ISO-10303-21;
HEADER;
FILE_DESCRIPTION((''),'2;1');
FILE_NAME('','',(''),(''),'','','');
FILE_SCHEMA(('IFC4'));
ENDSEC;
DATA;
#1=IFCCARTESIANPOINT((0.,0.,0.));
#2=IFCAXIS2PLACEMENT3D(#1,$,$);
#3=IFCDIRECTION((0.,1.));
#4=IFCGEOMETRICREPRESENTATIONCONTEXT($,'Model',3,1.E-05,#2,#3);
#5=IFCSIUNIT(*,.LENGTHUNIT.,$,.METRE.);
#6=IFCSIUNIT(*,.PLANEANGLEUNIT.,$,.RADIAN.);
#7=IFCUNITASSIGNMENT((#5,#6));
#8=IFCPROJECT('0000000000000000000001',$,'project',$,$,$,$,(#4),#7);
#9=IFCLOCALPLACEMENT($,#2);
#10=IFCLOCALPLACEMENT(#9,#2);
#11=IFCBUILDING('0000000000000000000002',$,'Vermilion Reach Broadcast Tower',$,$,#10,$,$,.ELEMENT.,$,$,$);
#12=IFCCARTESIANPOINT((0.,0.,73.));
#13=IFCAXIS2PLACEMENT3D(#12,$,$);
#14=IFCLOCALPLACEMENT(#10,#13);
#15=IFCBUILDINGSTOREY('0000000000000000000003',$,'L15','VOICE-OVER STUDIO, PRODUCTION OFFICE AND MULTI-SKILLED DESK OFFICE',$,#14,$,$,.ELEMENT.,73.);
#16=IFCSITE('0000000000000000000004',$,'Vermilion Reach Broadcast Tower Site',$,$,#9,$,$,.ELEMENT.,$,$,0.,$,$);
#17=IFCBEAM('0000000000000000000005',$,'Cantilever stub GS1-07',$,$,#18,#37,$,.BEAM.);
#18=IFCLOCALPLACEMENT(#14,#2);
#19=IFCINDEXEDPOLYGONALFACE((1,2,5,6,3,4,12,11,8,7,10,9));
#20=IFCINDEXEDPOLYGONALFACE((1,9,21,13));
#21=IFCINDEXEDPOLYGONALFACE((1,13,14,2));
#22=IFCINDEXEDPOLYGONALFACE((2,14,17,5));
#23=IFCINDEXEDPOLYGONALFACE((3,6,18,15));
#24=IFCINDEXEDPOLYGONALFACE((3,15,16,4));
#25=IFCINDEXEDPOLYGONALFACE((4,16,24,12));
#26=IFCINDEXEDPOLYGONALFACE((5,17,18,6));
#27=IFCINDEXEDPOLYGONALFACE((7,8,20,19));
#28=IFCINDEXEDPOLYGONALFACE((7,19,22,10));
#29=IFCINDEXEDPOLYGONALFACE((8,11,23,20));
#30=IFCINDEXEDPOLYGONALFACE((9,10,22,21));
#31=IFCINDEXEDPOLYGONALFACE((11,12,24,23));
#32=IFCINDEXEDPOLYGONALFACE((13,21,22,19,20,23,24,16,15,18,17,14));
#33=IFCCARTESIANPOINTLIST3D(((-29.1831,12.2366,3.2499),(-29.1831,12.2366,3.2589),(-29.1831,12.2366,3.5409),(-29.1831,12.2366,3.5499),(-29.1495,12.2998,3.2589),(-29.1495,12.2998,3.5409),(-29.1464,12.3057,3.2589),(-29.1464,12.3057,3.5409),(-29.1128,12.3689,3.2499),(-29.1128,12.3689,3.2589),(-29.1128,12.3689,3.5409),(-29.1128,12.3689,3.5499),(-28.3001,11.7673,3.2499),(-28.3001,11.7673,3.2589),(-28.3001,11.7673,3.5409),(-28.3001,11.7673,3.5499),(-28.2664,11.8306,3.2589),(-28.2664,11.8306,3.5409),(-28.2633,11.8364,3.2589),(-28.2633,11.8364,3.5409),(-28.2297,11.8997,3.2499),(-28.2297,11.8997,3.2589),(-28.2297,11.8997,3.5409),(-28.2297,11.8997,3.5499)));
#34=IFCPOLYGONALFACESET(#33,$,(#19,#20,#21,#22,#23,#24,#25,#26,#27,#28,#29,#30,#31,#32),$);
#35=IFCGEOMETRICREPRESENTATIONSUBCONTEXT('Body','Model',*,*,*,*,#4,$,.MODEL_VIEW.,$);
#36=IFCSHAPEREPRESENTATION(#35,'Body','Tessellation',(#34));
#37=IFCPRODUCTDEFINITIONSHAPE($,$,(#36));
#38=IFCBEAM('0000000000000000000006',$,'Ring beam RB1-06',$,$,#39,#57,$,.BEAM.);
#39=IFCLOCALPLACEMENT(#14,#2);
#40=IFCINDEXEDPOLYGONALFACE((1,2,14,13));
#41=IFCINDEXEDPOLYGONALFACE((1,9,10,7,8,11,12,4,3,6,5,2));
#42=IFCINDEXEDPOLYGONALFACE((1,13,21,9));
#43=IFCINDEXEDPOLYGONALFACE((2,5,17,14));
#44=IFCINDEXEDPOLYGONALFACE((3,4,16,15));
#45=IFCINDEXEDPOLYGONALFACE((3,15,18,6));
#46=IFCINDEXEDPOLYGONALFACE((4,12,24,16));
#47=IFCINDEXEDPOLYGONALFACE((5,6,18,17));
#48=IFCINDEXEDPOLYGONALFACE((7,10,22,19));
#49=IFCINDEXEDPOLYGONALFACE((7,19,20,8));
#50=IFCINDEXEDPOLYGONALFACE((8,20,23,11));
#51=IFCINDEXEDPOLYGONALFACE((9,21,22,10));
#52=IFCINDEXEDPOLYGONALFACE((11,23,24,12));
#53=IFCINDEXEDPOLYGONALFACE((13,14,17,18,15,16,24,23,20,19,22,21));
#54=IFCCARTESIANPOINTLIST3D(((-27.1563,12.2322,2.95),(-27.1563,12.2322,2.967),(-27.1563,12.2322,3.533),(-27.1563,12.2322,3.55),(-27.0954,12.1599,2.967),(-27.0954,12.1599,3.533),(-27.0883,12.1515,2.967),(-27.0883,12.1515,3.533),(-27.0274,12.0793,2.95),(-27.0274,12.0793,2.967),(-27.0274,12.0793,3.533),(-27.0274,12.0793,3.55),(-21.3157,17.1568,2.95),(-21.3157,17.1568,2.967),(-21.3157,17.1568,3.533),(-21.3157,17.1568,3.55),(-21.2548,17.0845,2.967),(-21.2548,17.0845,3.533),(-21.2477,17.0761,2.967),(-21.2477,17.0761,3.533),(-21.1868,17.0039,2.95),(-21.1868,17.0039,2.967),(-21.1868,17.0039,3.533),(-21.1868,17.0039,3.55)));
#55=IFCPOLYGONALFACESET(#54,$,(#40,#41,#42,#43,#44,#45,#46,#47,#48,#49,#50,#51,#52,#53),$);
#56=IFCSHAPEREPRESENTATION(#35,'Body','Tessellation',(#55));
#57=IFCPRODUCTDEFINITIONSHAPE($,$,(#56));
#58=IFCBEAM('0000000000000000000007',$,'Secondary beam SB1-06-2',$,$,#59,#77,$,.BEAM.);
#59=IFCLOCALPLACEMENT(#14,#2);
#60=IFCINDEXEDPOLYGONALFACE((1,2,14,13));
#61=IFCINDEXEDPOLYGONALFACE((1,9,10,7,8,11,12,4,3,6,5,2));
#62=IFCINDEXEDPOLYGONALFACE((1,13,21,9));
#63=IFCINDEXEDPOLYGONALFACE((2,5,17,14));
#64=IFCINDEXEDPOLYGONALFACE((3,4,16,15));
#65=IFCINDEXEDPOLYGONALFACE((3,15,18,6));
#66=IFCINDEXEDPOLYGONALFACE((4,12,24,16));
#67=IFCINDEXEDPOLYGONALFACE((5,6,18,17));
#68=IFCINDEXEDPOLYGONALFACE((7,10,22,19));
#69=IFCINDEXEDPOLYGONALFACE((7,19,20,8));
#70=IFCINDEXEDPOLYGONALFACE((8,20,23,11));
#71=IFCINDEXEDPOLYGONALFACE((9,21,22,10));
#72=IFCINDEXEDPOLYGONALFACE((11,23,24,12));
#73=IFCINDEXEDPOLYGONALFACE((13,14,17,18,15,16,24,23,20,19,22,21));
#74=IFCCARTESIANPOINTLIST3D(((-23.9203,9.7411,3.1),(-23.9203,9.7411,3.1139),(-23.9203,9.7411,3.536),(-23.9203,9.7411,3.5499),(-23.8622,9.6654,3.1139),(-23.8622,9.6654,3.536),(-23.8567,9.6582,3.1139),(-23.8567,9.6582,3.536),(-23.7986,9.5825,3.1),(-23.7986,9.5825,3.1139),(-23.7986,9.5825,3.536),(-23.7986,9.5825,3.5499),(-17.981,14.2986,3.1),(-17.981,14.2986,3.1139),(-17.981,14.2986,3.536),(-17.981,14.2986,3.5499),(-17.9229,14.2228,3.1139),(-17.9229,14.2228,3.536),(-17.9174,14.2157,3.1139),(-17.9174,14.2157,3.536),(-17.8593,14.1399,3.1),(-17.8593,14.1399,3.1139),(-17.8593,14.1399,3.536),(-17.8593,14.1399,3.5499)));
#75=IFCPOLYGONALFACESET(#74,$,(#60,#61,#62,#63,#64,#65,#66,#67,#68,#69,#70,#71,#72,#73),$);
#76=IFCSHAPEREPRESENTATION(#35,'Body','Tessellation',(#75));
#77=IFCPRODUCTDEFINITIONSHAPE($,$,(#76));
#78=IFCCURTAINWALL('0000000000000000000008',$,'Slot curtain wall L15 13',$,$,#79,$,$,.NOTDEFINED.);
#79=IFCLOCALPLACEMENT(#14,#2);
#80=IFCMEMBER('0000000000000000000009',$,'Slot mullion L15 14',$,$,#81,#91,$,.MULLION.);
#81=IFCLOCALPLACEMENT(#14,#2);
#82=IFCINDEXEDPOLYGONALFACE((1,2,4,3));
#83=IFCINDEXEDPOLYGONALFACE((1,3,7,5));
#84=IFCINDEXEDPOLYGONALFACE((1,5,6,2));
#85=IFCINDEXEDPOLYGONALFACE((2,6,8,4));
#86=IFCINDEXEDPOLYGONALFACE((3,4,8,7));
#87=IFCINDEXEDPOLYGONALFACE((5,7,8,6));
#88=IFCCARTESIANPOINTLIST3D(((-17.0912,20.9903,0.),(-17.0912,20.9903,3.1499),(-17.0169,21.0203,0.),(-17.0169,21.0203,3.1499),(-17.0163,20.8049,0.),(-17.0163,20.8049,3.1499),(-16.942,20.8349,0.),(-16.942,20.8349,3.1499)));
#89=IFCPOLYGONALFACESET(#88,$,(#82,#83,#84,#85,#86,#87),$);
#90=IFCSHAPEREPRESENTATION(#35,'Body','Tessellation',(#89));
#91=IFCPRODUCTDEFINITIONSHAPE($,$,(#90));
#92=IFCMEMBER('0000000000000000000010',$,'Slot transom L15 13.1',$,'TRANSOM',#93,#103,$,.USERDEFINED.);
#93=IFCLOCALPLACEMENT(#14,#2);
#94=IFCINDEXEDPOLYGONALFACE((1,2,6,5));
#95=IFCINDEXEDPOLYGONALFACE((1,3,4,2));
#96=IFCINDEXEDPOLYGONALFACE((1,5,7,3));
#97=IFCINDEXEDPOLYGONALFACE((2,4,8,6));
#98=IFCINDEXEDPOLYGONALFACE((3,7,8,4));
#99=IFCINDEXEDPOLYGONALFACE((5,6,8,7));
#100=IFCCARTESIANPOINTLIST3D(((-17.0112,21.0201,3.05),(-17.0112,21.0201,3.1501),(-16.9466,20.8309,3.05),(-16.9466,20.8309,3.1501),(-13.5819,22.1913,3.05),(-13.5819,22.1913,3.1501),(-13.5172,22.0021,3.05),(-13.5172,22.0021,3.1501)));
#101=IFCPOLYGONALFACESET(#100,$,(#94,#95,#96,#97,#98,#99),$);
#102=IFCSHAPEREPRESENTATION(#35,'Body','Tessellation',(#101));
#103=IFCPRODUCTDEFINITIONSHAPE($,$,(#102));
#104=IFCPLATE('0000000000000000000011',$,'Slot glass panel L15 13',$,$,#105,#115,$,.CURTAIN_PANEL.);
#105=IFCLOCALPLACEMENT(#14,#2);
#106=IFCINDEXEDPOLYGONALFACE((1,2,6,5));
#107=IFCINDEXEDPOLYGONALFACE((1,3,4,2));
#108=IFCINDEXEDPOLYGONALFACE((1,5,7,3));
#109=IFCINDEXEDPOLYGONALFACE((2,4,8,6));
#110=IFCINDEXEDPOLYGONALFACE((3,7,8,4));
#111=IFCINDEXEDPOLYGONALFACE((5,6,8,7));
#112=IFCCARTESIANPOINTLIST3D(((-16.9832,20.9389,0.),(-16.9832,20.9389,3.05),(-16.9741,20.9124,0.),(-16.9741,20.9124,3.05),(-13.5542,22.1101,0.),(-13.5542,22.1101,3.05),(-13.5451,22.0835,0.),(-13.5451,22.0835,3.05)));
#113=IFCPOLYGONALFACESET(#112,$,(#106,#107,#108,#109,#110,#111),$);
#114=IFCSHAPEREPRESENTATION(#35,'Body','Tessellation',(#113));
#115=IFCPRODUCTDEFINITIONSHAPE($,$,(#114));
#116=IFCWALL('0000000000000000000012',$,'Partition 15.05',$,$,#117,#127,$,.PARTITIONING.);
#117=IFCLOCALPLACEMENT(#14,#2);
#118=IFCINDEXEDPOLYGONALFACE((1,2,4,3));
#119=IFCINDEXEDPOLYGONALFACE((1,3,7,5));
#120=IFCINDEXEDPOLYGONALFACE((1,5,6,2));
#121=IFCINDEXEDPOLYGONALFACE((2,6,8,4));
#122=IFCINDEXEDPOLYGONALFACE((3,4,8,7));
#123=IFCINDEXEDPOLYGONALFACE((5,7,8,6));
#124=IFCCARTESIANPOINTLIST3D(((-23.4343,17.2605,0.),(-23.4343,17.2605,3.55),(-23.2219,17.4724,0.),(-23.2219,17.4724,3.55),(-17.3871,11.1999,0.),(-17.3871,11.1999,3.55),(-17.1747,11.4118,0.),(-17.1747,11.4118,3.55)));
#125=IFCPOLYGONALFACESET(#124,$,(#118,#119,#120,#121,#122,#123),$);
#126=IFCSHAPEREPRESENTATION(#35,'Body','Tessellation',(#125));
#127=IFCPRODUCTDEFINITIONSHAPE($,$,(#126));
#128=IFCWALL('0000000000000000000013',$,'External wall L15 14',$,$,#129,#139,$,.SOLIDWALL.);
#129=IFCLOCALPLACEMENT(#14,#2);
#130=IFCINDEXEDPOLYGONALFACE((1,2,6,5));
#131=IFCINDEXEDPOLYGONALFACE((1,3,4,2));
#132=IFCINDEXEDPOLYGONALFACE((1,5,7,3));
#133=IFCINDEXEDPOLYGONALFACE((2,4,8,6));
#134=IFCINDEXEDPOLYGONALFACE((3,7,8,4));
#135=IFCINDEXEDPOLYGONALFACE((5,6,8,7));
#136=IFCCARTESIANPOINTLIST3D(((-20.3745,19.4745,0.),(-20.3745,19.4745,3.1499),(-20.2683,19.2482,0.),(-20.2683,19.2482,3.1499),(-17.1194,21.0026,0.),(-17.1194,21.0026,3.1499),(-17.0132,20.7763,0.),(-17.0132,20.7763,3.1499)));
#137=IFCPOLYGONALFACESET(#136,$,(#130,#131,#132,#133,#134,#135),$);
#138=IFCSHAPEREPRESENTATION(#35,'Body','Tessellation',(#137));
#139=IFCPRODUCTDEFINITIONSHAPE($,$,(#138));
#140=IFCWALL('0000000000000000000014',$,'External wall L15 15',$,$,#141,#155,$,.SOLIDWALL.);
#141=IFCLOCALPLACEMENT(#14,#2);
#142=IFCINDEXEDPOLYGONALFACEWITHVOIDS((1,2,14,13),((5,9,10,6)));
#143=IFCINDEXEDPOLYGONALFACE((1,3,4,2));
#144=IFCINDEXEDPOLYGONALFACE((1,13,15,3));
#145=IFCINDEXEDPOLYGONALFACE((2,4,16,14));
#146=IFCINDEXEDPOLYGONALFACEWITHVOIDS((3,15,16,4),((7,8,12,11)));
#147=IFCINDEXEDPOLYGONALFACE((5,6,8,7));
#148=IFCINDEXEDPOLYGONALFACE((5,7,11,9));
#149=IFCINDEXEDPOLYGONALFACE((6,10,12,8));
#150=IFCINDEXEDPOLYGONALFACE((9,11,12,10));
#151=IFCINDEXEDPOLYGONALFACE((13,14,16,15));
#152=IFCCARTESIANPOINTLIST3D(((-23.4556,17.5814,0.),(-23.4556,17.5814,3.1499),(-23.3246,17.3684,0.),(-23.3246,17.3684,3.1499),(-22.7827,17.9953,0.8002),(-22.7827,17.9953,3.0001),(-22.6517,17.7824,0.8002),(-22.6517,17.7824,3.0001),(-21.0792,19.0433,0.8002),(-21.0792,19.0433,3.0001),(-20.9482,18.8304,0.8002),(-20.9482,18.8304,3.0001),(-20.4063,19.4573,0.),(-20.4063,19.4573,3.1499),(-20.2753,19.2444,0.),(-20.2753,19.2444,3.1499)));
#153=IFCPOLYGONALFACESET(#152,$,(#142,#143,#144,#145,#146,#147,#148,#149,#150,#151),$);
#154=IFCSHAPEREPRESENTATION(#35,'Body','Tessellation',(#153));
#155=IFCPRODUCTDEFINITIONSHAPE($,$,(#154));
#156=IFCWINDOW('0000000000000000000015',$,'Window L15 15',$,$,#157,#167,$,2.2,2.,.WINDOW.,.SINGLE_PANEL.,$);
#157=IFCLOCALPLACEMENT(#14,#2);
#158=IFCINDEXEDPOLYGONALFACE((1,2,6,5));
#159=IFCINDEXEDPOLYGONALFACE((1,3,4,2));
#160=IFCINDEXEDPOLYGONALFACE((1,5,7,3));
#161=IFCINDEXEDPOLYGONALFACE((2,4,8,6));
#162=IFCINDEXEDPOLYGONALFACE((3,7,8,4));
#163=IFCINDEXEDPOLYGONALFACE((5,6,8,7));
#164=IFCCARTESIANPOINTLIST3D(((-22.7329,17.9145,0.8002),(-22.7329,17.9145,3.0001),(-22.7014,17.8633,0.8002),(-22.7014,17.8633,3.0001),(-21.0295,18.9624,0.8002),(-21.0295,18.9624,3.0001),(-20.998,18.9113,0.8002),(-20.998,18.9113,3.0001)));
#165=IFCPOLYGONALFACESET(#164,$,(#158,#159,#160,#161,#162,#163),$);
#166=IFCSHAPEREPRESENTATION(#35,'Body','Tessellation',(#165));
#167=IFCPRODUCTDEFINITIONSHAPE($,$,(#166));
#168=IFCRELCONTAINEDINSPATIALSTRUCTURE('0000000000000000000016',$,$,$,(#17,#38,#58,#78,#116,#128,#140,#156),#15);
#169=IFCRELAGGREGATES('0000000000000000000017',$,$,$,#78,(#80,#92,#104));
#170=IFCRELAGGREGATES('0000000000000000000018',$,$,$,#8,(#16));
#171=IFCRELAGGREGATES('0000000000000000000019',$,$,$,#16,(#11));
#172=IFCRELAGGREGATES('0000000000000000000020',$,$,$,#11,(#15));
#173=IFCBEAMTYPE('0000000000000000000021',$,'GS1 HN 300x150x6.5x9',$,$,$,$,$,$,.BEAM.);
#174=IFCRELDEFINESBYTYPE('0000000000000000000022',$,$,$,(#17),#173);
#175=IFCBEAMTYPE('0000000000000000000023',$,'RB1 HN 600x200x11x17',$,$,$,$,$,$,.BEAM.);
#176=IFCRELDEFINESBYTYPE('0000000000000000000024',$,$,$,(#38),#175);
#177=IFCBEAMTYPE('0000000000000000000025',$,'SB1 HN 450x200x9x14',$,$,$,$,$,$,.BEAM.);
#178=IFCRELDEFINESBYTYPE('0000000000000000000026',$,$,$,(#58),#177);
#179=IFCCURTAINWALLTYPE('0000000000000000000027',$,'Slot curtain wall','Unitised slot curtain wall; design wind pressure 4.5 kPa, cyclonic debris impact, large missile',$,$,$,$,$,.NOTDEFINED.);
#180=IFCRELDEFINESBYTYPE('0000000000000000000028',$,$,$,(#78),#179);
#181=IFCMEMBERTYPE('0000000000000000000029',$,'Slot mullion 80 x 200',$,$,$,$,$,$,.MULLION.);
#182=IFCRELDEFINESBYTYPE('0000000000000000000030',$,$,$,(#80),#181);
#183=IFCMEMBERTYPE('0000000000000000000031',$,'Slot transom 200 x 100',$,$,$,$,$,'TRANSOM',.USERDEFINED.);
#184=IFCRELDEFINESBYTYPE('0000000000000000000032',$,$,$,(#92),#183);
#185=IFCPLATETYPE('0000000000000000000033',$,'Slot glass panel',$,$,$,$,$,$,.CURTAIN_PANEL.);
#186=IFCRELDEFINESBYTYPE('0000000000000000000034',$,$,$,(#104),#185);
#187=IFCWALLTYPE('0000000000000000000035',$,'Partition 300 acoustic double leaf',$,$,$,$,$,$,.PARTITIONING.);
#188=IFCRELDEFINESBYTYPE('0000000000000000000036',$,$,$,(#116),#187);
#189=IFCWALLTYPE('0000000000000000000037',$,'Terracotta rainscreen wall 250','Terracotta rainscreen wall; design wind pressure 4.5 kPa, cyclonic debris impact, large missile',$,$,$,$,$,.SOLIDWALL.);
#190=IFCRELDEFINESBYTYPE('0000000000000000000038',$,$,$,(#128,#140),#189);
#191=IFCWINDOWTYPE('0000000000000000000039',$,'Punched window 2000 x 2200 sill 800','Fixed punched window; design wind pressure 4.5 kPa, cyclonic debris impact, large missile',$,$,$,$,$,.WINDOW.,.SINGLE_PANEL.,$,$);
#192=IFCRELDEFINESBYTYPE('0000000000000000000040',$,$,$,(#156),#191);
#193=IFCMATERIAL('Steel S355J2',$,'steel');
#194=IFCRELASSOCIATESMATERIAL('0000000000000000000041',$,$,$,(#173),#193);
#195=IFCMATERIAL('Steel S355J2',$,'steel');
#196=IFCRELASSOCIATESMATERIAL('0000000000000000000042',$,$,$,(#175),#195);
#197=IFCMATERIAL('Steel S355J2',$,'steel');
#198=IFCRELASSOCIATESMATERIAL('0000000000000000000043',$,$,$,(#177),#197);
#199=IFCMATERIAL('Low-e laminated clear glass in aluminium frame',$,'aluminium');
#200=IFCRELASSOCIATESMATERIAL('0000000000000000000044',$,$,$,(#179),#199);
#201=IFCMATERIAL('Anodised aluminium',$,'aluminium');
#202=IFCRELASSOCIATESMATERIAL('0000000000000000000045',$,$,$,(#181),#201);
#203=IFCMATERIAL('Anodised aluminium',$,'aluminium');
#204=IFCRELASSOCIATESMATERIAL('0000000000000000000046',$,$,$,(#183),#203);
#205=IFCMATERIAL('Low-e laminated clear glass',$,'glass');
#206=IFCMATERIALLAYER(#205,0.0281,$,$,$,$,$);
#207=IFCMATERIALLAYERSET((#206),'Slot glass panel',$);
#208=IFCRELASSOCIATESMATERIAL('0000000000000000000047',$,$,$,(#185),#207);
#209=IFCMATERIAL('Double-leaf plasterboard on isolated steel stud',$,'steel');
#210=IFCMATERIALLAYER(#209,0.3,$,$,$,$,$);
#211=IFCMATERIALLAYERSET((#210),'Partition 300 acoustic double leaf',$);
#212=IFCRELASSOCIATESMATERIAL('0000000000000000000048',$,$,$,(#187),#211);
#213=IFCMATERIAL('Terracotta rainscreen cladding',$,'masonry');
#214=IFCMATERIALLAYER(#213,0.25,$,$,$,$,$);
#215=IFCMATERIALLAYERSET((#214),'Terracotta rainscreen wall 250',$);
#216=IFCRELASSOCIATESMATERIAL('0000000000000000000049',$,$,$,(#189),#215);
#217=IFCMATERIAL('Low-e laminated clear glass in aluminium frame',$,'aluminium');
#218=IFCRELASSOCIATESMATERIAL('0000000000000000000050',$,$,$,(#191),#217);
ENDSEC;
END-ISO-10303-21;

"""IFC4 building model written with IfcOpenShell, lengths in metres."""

from ifc_helpers import new_model, si_unit, direction, frame, frame_2d, origin, origin_2d, place, context, subcontext, project, spatial, rectangle, i_section, extrude, material, layer, layer_set, material_profile, profile_set, type_object, element, fill, aggregate, save


model = new_model("IFC4")

# Units and contexts
model_context = context("Model", 3, precision=1e-05, world=origin(), true_north=direction((0.0, 1.0)))
body_context = subcontext(model_context, "Body", "Model", "MODEL_VIEW")
ifc_project = project(units=[si_unit("LENGTHUNIT", "METRE"), si_unit("PLANEANGLEUNIT", "RADIAN")], contexts=[model_context])

# Site, building, storey
site_placement = place(None, origin())
site = spatial("IfcSite", under=ifc_project, at=site_placement, Name="Vermilion Reach Broadcast Tower Site", CompositionType="ELEMENT", RefElevation=0.0)
building_placement = place(site_placement, origin())
building = spatial("IfcBuilding", under=site, at=building_placement, Name="Vermilion Reach Broadcast Tower", CompositionType="ELEMENT")
storey_placement = place(building_placement, frame((0.0, 0.0, 73.0)))
storey = spatial("IfcBuildingStorey", under=building, at=storey_placement, Name="L15", Description="VOICE-OVER STUDIO, PRODUCTION OFFICE AND MULTI-SKILLED DESK OFFICE", CompositionType="ELEMENT", Elevation=73.0)

# Beams
ifc_material_1 = material(Name="Steel S355J2", Category="steel")
ifc_material_profile_1 = material_profile(ifc_material_1, i_section(OverallWidth=0.1499, OverallDepth=0.3, WebThickness=0.0066, FlangeThickness=0.009, at=origin_2d()), Name="S355J2 HN 300x150x6.5x9")
ifc_profile_set_1 = profile_set([ifc_material_profile_1], Name="Steel S355J2")
beam_type_1 = type_object("IfcBeamType", Name="GS1 HN 300x150x6.5x9", PredefinedType="BEAM", material=ifc_profile_set_1)
beam_1_placement = place(storey_placement, frame((-28.2649, 11.8335, 3.3999), z_axis=(-0.883068, 0.469244, 0.0), x_axis=(-0.469244, -0.883068, 0.0)))
element("IfcBeam", 1, at=beam_1_placement, inside=storey, type_object=beam_type_1, Name="Cantilever stub GS1-07", PredefinedType="BEAM", context=body_context, shape_type="SweptSolid", body=[
    extrude(i_section(OverallWidth=0.1499, OverallDepth=0.3, WebThickness=0.0066, FlangeThickness=0.009, at=origin_2d()), origin(), (0.0, 0.0, 1.0), 1.0),
])
ifc_material_2 = material(Name="Steel S355J2", Category="steel")
ifc_material_profile_2 = material_profile(ifc_material_2, i_section(OverallWidth=0.2, OverallDepth=0.6001, WebThickness=0.011, FlangeThickness=0.0171, at=origin_2d()), Name="S355J2 HN 600x200x11x17")
ifc_profile_set_2 = profile_set([ifc_material_profile_2], Name="Steel S355J2")
beam_type_2 = type_object("IfcBeamType", Name="RB1 HN 600x200x11x17", PredefinedType="BEAM", material=ifc_profile_set_2)
beam_2_placement = place(storey_placement, frame((-21.2512, 17.0803, 3.25), z_axis=(-0.764512, -0.644609, 0.0), x_axis=(0.644609, -0.764512, 0.0)))
element("IfcBeam", 2, at=beam_2_placement, inside=storey, type_object=beam_type_2, Name="Ring beam RB1-06", PredefinedType="BEAM", context=body_context, shape_type="SweptSolid", body=[
    extrude(i_section(OverallWidth=0.2, OverallDepth=0.6001, WebThickness=0.011, FlangeThickness=0.0171, at=origin_2d()), origin(), (0.0, 0.0, 1.0), 7.6396),
])
ifc_material_3 = material(Name="Steel S355J2", Category="steel")
ifc_material_profile_3 = material_profile(ifc_material_3, i_section(OverallWidth=0.2, OverallDepth=0.45, WebThickness=0.009, FlangeThickness=0.0139, at=origin_2d()), Name="S355J2 HN 450x200x9x14")
ifc_profile_set_3 = profile_set([ifc_material_profile_3], Name="Steel S355J2")
beam_type_3 = type_object("IfcBeamType", Name="SB1 HN 450x200x9x14", PredefinedType="BEAM", material=ifc_profile_set_3)
beam_3_placement = place(storey_placement, frame((-17.9202, 14.2192, 3.325), z_axis=(-0.79335, -0.608766, 0.0), x_axis=(0.608766, -0.79335, 0.0)))
element("IfcBeam", 3, at=beam_3_placement, inside=storey, type_object=beam_type_3, Name="Secondary beam SB1-06-2", PredefinedType="BEAM", context=body_context, shape_type="SweptSolid", body=[
    extrude(i_section(OverallWidth=0.2, OverallDepth=0.45, WebThickness=0.009, FlangeThickness=0.0139, at=origin_2d()), origin(), (0.0, 0.0, 1.0), 7.4863),
])

# Curtain wall, members, plate
ifc_material_4 = material(Name="Low-e laminated clear glass in aluminium frame", Category="aluminium")
curtain_wall_type = type_object("IfcCurtainWallType", Name="Slot curtain wall", Description="Unitised slot curtain wall; design wind pressure 4.5 kPa, cyclonic debris impact, large missile", PredefinedType="NOTDEFINED", material=ifc_material_4)
curtain_wall_placement = place(storey_placement, origin())
curtain_wall = element("IfcCurtainWall", 4, at=curtain_wall_placement, inside=storey, type_object=curtain_wall_type, Name="Slot curtain wall L15 13", PredefinedType="NOTDEFINED")
ifc_material_5 = material(Name="Anodised aluminium", Category="aluminium")
ifc_material_profile_4 = material_profile(ifc_material_5, rectangle(XDim=0.2, YDim=0.0801, at=origin_2d()), Name="Slot mullion 80 x 200")
ifc_profile_set_4 = profile_set([ifc_material_profile_4], Name="Anodised aluminium")
member_type_1 = type_object("IfcMemberType", Name="Slot mullion 80 x 200", PredefinedType="MULLION", material=ifc_profile_set_4)
member_1_placement = place(storey_placement, frame((-17.0166, 20.9126, 0.0), z_axis=(0.0, 0.0, 1.0), x_axis=(0.374623, -0.927177, 0.0)))
member_1 = element("IfcMember", 5, at=member_1_placement, type_object=member_type_1, Name="Slot mullion L15 14", PredefinedType="MULLION", context=body_context, shape_type="SweptSolid", body=[
    extrude(rectangle(XDim=0.2, YDim=0.0801, at=origin_2d()), origin(), (0.0, 0.0, 1.0), 3.1499),
])
ifc_material_6 = material(Name="Anodised aluminium", Category="aluminium")
ifc_material_profile_5 = material_profile(ifc_material_6, rectangle(XDim=0.2, YDim=0.1001, at=origin_2d()), Name="Slot transom 200 x 100")
ifc_profile_set_5 = profile_set([ifc_material_profile_5], Name="Anodised aluminium")
member_type_2 = type_object("IfcMemberType", Name="Slot transom 200 x 100", ElementType="TRANSOM", PredefinedType="USERDEFINED", material=ifc_profile_set_5)
member_2_placement = place(storey_placement, frame((-13.5496, 22.0967, 3.1001), z_axis=(-0.946333, -0.323192, 0.0), x_axis=(0.323192, -0.946333, 0.0)))
member_2 = element("IfcMember", 6, at=member_2_placement, type_object=member_type_2, Name="Slot transom L15 13.1", ObjectType="TRANSOM", PredefinedType="USERDEFINED", context=body_context, shape_type="SweptSolid", body=[
    extrude(rectangle(XDim=0.2, YDim=0.1001, at=origin_2d()), origin(), (0.0, 0.0, 1.0), 3.6238),
])
ifc_material_7 = material(Name="Low-e laminated clear glass", Category="glass")
ifc_layer_1 = layer(ifc_material_7, 0.0281)
ifc_layer_set_1 = layer_set([ifc_layer_1], Name="Slot glass panel")
plate_type = type_object("IfcPlateType", Name="Slot glass panel", PredefinedType="CURTAIN_PANEL", material=ifc_layer_set_1)
plate_placement = place(storey_placement, frame((-15.2642, 21.5112, 0.0), z_axis=(0.0, 0.0, 1.0), x_axis=(-0.946325, -0.323217, 0.0)))
plate = element("IfcPlate", 7, at=plate_placement, type_object=plate_type, Name="Slot glass panel L15 13", PredefinedType="CURTAIN_PANEL", context=body_context, shape_type="SweptSolid", body=[
    extrude(rectangle(XDim=3.6235, YDim=0.0281, at=origin_2d()), origin(), (0.0, 0.0, 1.0), 3.05),
])
aggregate(curtain_wall, [member_1, member_2, plate])

# Walls
ifc_material_8 = material(Name="Double-leaf plasterboard on isolated steel stud", Category="steel")
ifc_layer_2 = layer(ifc_material_8, 0.3)
ifc_layer_set_2 = layer_set([ifc_layer_2], Name="Partition 300 acoustic double leaf")
wall_type_1 = type_object("IfcWallType", Name="Partition 300 acoustic double leaf", PredefinedType="PARTITIONING", material=ifc_layer_set_2)
wall_1_placement = place(storey_placement, frame((-23.3281, 17.3665, 0.0), z_axis=(0.0, 0.0, 1.0), x_axis=(0.706322, -0.707891, 0.0)))
element("IfcWall", 8, at=wall_1_placement, inside=storey, type_object=wall_type_1, Name="Partition 15.05", PredefinedType="PARTITIONING", context=body_context, shape_type="SweptSolid", body=[
    extrude(rectangle(XDim=8.5615, YDim=0.3, at=frame_2d((4.2808, 0.0))), origin(), (0.0, 0.0, 1.0), 3.55),
])
ifc_material_9 = material(Name="Terracotta rainscreen cladding", Category="masonry")
ifc_layer_3 = layer(ifc_material_9, 0.25)
ifc_layer_set_3 = layer_set([ifc_layer_3], Name="Terracotta rainscreen wall 250")
wall_type_2 = type_object("IfcWallType", Name="Terracotta rainscreen wall 250", Description="Terracotta rainscreen wall; design wind pressure 4.5 kPa, cyclonic debris impact, large missile", PredefinedType="SOLIDWALL", material=ifc_layer_set_3)
wall_2_placement = place(storey_placement, frame((-17.0664, 20.8894, 0.0), z_axis=(0.0, 0.0, 1.0), x_axis=(-0.90522, -0.424943, 0.0)))
element("IfcWall", 9, at=wall_2_placement, inside=storey, type_object=wall_type_2, Name="External wall L15 14", PredefinedType="SOLIDWALL", context=body_context, shape_type="SweptSolid", body=[
    extrude(rectangle(XDim=3.5959, YDim=0.25, at=frame_2d((1.7979, 0.0))), origin(), (0.0, 0.0, 1.0), 3.1499),
])

# Wall, opening, window
wall_3_placement = place(storey_placement, frame((-20.3408, 19.3508, 0.0), z_axis=(0.0, 0.0, 1.0), x_axis=(-0.851724, -0.523991, 0.0)))
wall_3 = element("IfcWall", 10, at=wall_3_placement, inside=storey, type_object=wall_type_2, Name="External wall L15 15", PredefinedType="SOLIDWALL", context=body_context, shape_type="SweptSolid", body=[
    extrude(rectangle(XDim=3.5801, YDim=0.25, at=frame_2d((1.79, 0.0))), origin(), (0.0, 0.0, 1.0), 3.1499),
])
opening_1_placement = place(wall_3_placement, frame((0.79, 0.0, 0.8)))
opening_1 = element("IfcOpeningElement", 11, at=opening_1_placement, cuts=wall_3, PredefinedType="OPENING", context=body_context, shape_type="SweptSolid", body=[
    extrude(rectangle(XDim=2.0, YDim=2.2, at=frame_2d((1.0, 1.1001))), frame((0.0, 0.135, 0.0), z_axis=(0.0, -1.0, 0.0), x_axis=(1.0, 0.0, 0.0)), (0.0, 0.0, 1.0), 0.27),
])
ifc_material_10 = material(Name="Low-e laminated clear glass in aluminium frame", Category="aluminium")
window_type = type_object("IfcWindowType", Name="Punched window 2000 x 2200 sill 800", Description="Fixed punched window; design wind pressure 4.5 kPa, cyclonic debris impact, large missile", PartitioningType="SINGLE_PANEL", PredefinedType="WINDOW", material=ifc_material_10)
window_1_placement = place(opening_1_placement, origin())
window_1 = element("IfcWindow", 12, at=window_1_placement, inside=storey, type_object=window_type, Name="Window L15 15", OverallHeight=2.2, OverallWidth=2.0, PartitioningType="SINGLE_PANEL", PredefinedType="WINDOW", context=body_context, shape_type="SweptSolid", body=[
    extrude(rectangle(XDim=2.0, YDim=2.2, at=frame_2d((1.0, 1.1001))), frame((0.0, 0.03, 0.0), z_axis=(0.0, -1.0, 0.0), x_axis=(1.0, 0.0, 0.0)), (0.0, 0.0, 1.0), 0.0601),
])
fill(opening_1, window_1)

save(model, "model.ifc")
